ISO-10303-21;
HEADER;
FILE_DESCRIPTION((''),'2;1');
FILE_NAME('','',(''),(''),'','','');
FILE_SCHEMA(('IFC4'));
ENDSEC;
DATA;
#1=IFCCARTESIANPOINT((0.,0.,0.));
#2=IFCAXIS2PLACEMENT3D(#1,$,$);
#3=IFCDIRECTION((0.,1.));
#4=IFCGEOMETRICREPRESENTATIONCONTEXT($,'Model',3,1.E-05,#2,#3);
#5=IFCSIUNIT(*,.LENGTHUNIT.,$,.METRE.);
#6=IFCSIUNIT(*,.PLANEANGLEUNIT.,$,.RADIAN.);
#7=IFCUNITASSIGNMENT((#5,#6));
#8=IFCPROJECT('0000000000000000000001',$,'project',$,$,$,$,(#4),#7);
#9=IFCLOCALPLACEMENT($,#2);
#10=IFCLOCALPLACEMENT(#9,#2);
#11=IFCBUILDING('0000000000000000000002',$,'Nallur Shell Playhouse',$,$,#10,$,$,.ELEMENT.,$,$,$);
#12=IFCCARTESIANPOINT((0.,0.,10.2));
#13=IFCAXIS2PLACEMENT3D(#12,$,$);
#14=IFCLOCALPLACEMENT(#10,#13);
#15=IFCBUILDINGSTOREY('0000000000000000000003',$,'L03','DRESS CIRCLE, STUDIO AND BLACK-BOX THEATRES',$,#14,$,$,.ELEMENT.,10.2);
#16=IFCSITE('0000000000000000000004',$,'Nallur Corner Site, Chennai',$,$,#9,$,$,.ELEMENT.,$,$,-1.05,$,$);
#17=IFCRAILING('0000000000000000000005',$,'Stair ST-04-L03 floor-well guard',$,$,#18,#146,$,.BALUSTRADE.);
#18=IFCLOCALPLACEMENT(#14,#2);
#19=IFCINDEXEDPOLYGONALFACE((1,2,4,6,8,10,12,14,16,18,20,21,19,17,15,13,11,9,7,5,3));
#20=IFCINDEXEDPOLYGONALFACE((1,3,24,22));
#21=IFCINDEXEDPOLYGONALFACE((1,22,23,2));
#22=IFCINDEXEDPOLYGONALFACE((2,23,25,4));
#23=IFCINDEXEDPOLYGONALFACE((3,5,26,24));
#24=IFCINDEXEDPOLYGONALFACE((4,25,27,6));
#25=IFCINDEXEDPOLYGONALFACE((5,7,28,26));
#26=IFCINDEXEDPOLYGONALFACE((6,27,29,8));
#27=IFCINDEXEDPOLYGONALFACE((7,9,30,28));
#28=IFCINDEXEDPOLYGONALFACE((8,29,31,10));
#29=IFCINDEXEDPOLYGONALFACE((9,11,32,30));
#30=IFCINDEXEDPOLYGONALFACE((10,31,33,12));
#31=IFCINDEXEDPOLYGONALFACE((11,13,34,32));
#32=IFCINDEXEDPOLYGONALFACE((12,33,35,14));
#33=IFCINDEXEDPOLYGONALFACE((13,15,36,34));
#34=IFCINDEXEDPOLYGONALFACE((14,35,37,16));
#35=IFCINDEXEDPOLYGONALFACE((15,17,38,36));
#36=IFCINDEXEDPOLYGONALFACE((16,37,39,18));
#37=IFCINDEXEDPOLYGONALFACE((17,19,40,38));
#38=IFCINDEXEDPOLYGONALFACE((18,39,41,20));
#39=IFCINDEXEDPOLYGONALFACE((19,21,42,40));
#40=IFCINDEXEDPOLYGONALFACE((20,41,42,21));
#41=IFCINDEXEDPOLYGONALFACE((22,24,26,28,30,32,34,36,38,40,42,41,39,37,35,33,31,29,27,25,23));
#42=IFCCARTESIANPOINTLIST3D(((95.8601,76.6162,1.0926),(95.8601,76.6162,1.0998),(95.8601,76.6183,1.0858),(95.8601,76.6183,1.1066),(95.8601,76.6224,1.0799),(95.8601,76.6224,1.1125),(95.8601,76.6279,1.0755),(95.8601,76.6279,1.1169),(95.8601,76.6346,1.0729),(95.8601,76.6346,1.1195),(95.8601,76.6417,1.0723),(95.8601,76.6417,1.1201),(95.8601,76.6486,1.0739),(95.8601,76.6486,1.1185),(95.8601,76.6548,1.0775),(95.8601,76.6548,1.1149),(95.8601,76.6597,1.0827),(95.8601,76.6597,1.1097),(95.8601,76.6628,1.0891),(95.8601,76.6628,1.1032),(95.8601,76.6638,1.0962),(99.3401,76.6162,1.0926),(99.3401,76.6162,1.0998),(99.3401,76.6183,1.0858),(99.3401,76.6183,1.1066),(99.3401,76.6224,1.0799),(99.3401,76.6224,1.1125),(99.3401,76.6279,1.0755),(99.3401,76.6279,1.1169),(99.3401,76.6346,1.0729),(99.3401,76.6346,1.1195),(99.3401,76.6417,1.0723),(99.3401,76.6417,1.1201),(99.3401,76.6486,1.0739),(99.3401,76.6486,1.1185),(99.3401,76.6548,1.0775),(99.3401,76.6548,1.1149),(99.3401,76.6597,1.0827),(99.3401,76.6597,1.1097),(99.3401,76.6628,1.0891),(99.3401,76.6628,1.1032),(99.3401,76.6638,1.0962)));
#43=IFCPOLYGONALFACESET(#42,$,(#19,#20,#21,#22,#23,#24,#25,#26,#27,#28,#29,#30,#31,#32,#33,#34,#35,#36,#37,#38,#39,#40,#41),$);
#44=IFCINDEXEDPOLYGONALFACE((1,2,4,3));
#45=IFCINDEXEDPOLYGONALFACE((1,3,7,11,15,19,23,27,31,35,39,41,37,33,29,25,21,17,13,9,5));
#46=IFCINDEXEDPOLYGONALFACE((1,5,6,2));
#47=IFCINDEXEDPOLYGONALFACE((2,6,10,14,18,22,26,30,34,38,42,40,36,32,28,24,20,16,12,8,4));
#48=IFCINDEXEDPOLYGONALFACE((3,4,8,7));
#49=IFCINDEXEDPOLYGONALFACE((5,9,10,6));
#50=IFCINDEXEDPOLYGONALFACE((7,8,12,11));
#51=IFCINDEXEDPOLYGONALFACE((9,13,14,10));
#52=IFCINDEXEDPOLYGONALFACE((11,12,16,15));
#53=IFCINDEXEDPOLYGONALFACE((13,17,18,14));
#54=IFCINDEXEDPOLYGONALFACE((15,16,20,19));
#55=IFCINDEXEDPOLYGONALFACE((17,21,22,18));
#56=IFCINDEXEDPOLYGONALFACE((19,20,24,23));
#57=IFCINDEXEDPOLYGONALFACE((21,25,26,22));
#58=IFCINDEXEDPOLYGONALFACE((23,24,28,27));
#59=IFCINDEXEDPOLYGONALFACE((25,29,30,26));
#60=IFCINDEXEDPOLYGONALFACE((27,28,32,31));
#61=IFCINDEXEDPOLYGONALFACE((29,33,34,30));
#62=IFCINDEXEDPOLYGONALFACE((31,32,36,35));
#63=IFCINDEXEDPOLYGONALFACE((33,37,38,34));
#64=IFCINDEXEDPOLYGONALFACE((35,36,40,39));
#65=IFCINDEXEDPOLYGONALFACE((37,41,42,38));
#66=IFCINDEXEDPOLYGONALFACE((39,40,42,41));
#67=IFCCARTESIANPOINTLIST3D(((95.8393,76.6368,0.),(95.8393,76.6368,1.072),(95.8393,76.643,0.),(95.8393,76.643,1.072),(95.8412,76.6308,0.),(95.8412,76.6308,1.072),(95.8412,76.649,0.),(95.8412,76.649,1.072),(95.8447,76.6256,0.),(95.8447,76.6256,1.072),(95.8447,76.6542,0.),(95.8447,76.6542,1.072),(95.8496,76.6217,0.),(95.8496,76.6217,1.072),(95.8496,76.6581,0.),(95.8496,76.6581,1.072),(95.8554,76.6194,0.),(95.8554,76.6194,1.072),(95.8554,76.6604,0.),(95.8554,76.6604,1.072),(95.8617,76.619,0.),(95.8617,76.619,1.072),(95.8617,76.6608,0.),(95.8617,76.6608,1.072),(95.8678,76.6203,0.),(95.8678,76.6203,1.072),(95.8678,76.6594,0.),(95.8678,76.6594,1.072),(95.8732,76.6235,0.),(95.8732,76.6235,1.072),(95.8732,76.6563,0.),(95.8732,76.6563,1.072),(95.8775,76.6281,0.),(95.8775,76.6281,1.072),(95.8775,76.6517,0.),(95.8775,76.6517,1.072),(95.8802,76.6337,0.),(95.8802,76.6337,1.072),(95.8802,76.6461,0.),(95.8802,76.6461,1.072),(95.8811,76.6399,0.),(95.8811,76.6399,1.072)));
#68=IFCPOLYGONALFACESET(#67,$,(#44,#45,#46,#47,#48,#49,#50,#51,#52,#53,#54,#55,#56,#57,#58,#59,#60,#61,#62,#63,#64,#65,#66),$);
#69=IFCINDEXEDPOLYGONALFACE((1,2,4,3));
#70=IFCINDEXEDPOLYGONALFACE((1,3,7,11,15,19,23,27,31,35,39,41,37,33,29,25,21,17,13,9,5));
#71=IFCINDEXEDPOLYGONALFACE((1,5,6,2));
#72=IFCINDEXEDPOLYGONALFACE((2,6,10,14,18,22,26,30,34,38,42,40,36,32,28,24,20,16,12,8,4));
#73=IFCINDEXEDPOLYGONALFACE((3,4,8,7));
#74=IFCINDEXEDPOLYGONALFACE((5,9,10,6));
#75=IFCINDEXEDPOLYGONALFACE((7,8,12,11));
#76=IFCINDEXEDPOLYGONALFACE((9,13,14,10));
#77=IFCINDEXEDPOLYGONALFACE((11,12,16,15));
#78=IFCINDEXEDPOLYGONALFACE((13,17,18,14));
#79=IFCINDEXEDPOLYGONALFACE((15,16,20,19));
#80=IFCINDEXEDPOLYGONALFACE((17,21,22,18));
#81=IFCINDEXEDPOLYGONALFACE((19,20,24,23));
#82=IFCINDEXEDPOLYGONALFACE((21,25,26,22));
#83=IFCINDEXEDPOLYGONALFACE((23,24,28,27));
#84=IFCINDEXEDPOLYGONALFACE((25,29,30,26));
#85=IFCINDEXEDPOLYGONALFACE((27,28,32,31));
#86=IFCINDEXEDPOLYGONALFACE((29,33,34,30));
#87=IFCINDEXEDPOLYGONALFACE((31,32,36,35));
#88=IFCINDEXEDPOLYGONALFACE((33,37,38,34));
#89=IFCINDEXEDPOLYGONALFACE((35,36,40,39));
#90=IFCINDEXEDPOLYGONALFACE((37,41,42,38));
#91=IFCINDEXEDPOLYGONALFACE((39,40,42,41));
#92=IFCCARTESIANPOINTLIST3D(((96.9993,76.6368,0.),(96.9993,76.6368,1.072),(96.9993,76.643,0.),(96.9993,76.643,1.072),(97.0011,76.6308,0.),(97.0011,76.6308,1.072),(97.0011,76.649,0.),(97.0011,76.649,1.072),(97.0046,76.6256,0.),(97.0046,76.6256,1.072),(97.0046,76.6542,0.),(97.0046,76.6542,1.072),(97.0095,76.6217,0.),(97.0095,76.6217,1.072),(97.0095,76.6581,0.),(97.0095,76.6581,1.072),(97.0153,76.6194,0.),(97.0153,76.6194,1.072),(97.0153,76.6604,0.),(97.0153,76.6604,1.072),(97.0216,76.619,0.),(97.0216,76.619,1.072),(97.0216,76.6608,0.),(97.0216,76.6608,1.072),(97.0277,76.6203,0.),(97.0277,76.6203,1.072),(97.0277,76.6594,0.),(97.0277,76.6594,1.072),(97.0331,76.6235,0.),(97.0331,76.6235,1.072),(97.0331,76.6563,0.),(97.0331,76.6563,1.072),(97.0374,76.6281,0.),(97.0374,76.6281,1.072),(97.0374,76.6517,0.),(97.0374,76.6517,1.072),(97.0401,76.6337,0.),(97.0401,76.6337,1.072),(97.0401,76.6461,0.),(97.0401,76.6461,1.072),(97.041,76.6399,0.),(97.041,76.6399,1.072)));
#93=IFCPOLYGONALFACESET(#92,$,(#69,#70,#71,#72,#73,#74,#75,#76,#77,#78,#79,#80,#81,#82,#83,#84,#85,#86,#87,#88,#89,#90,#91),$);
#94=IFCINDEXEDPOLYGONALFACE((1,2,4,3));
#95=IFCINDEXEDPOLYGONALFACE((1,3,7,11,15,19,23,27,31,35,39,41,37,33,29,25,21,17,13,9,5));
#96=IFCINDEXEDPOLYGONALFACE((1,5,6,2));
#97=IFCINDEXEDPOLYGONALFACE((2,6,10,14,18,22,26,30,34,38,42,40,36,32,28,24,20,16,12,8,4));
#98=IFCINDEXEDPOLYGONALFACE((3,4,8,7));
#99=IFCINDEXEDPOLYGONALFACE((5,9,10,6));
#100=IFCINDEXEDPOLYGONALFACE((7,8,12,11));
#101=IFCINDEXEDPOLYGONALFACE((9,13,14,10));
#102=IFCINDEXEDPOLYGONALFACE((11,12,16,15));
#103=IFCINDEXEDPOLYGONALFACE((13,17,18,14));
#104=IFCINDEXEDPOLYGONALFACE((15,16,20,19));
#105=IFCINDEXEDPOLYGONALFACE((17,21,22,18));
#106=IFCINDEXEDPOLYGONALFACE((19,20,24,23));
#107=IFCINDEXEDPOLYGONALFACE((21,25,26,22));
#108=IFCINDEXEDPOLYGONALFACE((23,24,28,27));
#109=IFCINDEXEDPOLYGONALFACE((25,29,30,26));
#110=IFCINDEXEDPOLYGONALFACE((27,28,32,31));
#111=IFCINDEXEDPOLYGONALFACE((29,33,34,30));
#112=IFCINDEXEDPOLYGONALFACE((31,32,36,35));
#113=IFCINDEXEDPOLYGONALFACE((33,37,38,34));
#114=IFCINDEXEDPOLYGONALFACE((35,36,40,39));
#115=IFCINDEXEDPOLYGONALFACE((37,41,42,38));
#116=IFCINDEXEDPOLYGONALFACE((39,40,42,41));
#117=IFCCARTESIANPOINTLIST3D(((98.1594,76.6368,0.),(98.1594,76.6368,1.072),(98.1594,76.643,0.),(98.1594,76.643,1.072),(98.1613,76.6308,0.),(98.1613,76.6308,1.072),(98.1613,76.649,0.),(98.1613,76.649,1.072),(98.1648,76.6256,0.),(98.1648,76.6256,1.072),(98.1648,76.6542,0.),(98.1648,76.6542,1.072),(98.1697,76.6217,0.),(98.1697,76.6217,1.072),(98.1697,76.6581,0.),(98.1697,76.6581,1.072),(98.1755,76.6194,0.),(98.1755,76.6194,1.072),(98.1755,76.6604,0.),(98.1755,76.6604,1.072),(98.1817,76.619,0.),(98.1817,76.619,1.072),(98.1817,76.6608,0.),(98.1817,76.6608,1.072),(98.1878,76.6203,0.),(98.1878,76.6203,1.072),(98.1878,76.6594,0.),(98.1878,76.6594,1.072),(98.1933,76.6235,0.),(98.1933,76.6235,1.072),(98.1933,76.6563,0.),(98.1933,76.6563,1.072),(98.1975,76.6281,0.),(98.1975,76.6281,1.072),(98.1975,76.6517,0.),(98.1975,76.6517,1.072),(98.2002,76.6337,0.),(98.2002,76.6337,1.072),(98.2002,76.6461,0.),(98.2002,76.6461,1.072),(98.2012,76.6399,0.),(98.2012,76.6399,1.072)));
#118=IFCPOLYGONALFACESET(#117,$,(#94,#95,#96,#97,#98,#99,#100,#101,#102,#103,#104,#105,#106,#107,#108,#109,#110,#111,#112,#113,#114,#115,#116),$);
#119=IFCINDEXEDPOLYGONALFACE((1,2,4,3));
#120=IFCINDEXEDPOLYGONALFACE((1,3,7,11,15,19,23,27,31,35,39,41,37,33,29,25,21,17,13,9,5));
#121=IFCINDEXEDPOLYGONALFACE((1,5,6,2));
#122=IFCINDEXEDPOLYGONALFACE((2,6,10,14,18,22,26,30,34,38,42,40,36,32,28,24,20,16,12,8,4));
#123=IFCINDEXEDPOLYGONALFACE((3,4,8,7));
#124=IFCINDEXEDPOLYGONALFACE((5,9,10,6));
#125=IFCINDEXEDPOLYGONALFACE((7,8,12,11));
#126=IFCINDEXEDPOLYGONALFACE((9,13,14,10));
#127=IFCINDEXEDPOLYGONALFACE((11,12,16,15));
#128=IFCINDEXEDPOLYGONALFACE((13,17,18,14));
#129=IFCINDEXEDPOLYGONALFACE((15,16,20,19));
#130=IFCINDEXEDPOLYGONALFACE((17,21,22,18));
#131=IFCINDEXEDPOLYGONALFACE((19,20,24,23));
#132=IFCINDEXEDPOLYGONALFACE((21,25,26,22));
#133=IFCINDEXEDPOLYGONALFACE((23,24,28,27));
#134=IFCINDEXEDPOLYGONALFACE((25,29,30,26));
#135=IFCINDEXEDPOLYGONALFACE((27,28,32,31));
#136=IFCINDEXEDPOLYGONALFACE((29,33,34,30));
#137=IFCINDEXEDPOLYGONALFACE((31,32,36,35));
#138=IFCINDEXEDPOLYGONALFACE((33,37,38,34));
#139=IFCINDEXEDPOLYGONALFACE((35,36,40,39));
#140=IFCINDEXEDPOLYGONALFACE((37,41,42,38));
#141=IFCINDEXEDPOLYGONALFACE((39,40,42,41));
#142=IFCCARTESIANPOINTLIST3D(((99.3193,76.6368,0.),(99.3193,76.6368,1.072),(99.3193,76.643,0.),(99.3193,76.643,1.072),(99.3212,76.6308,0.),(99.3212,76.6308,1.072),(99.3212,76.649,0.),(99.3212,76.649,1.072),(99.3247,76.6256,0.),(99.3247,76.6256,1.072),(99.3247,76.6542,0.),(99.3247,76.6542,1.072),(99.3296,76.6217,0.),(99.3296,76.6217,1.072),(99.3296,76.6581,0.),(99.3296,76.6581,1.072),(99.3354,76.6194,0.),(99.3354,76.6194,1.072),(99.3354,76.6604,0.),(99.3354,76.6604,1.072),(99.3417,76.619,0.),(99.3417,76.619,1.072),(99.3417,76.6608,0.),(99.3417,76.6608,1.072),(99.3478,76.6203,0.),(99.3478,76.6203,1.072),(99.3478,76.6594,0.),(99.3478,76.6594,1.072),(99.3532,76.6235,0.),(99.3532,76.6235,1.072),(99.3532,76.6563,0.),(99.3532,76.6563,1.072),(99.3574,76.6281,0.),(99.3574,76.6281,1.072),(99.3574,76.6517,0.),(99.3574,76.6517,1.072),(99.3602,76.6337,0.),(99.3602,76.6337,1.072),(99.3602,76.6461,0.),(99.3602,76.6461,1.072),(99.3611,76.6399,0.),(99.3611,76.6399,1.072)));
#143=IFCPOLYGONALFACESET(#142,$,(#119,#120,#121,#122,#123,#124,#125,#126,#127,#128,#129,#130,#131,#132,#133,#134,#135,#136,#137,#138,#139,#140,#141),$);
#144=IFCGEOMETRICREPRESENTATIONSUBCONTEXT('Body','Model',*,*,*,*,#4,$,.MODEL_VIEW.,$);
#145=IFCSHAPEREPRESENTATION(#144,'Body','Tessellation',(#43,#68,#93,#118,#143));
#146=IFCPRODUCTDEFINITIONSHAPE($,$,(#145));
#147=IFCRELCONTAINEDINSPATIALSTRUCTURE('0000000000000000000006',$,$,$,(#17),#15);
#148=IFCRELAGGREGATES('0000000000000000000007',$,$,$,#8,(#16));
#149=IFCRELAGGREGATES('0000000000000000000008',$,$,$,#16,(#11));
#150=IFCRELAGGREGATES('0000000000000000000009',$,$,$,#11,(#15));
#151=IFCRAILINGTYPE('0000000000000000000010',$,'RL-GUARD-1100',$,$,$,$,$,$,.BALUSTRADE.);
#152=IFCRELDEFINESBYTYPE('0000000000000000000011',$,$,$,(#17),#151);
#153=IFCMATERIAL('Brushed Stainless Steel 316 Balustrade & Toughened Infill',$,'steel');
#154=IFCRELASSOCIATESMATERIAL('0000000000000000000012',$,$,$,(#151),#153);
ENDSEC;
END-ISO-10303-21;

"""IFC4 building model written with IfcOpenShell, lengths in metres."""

from ifc_helpers import new_model, si_unit, direction, frame, origin, origin_2d, place, context, subcontext, project, spatial, circle, extrude, material, type_object, element, save


model = new_model("IFC4")

# Units and contexts
model_context = context("Model", 3, precision=1e-05, world=origin(), true_north=direction((0.0, 1.0)))
body_context = subcontext(model_context, "Body", "Model", "MODEL_VIEW")
ifc_project = project(units=[si_unit("LENGTHUNIT", "METRE"), si_unit("PLANEANGLEUNIT", "RADIAN")], contexts=[model_context])

# Site, building, storey
site_placement = place(None, origin())
site = spatial("IfcSite", under=ifc_project, at=site_placement, Name="Nallur Corner Site, Chennai", CompositionType="ELEMENT", RefElevation=-1.05)
building_placement = place(site_placement, origin())
building = spatial("IfcBuilding", under=site, at=building_placement, Name="Nallur Shell Playhouse", CompositionType="ELEMENT")
storey_placement = place(building_placement, frame((0.0, 0.0, 10.2)))
storey = spatial("IfcBuildingStorey", under=building, at=storey_placement, Name="L03", Description="DRESS CIRCLE, STUDIO AND BLACK-BOX THEATRES", CompositionType="ELEMENT", Elevation=10.2)

# Railing
ifc_material_1 = material(Name="Brushed Stainless Steel 316 Balustrade & Toughened Infill", Category="steel")
railing_type_1 = type_object("IfcRailingType", Name="RL-GUARD-1100", PredefinedType="BALUSTRADE", material=ifc_material_1)
railing_1_placement = place(storey_placement, frame((95.8601, 76.6399, 0.0)))
element("IfcRailing", 1, at=railing_1_placement, inside=storey, type_object=railing_type_1, Name="Stair ST-04-L03 floor-well guard", PredefinedType="BALUSTRADE", context=body_context, shape_type="SweptSolid", body=[
    extrude(circle(Radius=0.0239, at=origin_2d()), frame((0.0, 0.0, 1.0962), z_axis=(1.0, 0.0, 0.0), x_axis=(0.0, 1.0, 0.0)), (0.0, 0.0, 1.0), 3.48),
    extrude(circle(Radius=0.021, at=origin_2d()), origin(), (0.0, 0.0, 1.0), 1.072),
    extrude(circle(Radius=0.021, at=origin_2d()), frame((1.1599, 0.0, 0.0)), (0.0, 0.0, 1.0), 1.072),
    extrude(circle(Radius=0.021, at=origin_2d()), frame((2.3201, 0.0, 0.0)), (0.0, 0.0, 1.0), 1.072),
    extrude(circle(Radius=0.021, at=origin_2d()), frame((3.48, 0.0, 0.0)), (0.0, 0.0, 1.0), 1.072),
])

save(model, "model.ifc")
